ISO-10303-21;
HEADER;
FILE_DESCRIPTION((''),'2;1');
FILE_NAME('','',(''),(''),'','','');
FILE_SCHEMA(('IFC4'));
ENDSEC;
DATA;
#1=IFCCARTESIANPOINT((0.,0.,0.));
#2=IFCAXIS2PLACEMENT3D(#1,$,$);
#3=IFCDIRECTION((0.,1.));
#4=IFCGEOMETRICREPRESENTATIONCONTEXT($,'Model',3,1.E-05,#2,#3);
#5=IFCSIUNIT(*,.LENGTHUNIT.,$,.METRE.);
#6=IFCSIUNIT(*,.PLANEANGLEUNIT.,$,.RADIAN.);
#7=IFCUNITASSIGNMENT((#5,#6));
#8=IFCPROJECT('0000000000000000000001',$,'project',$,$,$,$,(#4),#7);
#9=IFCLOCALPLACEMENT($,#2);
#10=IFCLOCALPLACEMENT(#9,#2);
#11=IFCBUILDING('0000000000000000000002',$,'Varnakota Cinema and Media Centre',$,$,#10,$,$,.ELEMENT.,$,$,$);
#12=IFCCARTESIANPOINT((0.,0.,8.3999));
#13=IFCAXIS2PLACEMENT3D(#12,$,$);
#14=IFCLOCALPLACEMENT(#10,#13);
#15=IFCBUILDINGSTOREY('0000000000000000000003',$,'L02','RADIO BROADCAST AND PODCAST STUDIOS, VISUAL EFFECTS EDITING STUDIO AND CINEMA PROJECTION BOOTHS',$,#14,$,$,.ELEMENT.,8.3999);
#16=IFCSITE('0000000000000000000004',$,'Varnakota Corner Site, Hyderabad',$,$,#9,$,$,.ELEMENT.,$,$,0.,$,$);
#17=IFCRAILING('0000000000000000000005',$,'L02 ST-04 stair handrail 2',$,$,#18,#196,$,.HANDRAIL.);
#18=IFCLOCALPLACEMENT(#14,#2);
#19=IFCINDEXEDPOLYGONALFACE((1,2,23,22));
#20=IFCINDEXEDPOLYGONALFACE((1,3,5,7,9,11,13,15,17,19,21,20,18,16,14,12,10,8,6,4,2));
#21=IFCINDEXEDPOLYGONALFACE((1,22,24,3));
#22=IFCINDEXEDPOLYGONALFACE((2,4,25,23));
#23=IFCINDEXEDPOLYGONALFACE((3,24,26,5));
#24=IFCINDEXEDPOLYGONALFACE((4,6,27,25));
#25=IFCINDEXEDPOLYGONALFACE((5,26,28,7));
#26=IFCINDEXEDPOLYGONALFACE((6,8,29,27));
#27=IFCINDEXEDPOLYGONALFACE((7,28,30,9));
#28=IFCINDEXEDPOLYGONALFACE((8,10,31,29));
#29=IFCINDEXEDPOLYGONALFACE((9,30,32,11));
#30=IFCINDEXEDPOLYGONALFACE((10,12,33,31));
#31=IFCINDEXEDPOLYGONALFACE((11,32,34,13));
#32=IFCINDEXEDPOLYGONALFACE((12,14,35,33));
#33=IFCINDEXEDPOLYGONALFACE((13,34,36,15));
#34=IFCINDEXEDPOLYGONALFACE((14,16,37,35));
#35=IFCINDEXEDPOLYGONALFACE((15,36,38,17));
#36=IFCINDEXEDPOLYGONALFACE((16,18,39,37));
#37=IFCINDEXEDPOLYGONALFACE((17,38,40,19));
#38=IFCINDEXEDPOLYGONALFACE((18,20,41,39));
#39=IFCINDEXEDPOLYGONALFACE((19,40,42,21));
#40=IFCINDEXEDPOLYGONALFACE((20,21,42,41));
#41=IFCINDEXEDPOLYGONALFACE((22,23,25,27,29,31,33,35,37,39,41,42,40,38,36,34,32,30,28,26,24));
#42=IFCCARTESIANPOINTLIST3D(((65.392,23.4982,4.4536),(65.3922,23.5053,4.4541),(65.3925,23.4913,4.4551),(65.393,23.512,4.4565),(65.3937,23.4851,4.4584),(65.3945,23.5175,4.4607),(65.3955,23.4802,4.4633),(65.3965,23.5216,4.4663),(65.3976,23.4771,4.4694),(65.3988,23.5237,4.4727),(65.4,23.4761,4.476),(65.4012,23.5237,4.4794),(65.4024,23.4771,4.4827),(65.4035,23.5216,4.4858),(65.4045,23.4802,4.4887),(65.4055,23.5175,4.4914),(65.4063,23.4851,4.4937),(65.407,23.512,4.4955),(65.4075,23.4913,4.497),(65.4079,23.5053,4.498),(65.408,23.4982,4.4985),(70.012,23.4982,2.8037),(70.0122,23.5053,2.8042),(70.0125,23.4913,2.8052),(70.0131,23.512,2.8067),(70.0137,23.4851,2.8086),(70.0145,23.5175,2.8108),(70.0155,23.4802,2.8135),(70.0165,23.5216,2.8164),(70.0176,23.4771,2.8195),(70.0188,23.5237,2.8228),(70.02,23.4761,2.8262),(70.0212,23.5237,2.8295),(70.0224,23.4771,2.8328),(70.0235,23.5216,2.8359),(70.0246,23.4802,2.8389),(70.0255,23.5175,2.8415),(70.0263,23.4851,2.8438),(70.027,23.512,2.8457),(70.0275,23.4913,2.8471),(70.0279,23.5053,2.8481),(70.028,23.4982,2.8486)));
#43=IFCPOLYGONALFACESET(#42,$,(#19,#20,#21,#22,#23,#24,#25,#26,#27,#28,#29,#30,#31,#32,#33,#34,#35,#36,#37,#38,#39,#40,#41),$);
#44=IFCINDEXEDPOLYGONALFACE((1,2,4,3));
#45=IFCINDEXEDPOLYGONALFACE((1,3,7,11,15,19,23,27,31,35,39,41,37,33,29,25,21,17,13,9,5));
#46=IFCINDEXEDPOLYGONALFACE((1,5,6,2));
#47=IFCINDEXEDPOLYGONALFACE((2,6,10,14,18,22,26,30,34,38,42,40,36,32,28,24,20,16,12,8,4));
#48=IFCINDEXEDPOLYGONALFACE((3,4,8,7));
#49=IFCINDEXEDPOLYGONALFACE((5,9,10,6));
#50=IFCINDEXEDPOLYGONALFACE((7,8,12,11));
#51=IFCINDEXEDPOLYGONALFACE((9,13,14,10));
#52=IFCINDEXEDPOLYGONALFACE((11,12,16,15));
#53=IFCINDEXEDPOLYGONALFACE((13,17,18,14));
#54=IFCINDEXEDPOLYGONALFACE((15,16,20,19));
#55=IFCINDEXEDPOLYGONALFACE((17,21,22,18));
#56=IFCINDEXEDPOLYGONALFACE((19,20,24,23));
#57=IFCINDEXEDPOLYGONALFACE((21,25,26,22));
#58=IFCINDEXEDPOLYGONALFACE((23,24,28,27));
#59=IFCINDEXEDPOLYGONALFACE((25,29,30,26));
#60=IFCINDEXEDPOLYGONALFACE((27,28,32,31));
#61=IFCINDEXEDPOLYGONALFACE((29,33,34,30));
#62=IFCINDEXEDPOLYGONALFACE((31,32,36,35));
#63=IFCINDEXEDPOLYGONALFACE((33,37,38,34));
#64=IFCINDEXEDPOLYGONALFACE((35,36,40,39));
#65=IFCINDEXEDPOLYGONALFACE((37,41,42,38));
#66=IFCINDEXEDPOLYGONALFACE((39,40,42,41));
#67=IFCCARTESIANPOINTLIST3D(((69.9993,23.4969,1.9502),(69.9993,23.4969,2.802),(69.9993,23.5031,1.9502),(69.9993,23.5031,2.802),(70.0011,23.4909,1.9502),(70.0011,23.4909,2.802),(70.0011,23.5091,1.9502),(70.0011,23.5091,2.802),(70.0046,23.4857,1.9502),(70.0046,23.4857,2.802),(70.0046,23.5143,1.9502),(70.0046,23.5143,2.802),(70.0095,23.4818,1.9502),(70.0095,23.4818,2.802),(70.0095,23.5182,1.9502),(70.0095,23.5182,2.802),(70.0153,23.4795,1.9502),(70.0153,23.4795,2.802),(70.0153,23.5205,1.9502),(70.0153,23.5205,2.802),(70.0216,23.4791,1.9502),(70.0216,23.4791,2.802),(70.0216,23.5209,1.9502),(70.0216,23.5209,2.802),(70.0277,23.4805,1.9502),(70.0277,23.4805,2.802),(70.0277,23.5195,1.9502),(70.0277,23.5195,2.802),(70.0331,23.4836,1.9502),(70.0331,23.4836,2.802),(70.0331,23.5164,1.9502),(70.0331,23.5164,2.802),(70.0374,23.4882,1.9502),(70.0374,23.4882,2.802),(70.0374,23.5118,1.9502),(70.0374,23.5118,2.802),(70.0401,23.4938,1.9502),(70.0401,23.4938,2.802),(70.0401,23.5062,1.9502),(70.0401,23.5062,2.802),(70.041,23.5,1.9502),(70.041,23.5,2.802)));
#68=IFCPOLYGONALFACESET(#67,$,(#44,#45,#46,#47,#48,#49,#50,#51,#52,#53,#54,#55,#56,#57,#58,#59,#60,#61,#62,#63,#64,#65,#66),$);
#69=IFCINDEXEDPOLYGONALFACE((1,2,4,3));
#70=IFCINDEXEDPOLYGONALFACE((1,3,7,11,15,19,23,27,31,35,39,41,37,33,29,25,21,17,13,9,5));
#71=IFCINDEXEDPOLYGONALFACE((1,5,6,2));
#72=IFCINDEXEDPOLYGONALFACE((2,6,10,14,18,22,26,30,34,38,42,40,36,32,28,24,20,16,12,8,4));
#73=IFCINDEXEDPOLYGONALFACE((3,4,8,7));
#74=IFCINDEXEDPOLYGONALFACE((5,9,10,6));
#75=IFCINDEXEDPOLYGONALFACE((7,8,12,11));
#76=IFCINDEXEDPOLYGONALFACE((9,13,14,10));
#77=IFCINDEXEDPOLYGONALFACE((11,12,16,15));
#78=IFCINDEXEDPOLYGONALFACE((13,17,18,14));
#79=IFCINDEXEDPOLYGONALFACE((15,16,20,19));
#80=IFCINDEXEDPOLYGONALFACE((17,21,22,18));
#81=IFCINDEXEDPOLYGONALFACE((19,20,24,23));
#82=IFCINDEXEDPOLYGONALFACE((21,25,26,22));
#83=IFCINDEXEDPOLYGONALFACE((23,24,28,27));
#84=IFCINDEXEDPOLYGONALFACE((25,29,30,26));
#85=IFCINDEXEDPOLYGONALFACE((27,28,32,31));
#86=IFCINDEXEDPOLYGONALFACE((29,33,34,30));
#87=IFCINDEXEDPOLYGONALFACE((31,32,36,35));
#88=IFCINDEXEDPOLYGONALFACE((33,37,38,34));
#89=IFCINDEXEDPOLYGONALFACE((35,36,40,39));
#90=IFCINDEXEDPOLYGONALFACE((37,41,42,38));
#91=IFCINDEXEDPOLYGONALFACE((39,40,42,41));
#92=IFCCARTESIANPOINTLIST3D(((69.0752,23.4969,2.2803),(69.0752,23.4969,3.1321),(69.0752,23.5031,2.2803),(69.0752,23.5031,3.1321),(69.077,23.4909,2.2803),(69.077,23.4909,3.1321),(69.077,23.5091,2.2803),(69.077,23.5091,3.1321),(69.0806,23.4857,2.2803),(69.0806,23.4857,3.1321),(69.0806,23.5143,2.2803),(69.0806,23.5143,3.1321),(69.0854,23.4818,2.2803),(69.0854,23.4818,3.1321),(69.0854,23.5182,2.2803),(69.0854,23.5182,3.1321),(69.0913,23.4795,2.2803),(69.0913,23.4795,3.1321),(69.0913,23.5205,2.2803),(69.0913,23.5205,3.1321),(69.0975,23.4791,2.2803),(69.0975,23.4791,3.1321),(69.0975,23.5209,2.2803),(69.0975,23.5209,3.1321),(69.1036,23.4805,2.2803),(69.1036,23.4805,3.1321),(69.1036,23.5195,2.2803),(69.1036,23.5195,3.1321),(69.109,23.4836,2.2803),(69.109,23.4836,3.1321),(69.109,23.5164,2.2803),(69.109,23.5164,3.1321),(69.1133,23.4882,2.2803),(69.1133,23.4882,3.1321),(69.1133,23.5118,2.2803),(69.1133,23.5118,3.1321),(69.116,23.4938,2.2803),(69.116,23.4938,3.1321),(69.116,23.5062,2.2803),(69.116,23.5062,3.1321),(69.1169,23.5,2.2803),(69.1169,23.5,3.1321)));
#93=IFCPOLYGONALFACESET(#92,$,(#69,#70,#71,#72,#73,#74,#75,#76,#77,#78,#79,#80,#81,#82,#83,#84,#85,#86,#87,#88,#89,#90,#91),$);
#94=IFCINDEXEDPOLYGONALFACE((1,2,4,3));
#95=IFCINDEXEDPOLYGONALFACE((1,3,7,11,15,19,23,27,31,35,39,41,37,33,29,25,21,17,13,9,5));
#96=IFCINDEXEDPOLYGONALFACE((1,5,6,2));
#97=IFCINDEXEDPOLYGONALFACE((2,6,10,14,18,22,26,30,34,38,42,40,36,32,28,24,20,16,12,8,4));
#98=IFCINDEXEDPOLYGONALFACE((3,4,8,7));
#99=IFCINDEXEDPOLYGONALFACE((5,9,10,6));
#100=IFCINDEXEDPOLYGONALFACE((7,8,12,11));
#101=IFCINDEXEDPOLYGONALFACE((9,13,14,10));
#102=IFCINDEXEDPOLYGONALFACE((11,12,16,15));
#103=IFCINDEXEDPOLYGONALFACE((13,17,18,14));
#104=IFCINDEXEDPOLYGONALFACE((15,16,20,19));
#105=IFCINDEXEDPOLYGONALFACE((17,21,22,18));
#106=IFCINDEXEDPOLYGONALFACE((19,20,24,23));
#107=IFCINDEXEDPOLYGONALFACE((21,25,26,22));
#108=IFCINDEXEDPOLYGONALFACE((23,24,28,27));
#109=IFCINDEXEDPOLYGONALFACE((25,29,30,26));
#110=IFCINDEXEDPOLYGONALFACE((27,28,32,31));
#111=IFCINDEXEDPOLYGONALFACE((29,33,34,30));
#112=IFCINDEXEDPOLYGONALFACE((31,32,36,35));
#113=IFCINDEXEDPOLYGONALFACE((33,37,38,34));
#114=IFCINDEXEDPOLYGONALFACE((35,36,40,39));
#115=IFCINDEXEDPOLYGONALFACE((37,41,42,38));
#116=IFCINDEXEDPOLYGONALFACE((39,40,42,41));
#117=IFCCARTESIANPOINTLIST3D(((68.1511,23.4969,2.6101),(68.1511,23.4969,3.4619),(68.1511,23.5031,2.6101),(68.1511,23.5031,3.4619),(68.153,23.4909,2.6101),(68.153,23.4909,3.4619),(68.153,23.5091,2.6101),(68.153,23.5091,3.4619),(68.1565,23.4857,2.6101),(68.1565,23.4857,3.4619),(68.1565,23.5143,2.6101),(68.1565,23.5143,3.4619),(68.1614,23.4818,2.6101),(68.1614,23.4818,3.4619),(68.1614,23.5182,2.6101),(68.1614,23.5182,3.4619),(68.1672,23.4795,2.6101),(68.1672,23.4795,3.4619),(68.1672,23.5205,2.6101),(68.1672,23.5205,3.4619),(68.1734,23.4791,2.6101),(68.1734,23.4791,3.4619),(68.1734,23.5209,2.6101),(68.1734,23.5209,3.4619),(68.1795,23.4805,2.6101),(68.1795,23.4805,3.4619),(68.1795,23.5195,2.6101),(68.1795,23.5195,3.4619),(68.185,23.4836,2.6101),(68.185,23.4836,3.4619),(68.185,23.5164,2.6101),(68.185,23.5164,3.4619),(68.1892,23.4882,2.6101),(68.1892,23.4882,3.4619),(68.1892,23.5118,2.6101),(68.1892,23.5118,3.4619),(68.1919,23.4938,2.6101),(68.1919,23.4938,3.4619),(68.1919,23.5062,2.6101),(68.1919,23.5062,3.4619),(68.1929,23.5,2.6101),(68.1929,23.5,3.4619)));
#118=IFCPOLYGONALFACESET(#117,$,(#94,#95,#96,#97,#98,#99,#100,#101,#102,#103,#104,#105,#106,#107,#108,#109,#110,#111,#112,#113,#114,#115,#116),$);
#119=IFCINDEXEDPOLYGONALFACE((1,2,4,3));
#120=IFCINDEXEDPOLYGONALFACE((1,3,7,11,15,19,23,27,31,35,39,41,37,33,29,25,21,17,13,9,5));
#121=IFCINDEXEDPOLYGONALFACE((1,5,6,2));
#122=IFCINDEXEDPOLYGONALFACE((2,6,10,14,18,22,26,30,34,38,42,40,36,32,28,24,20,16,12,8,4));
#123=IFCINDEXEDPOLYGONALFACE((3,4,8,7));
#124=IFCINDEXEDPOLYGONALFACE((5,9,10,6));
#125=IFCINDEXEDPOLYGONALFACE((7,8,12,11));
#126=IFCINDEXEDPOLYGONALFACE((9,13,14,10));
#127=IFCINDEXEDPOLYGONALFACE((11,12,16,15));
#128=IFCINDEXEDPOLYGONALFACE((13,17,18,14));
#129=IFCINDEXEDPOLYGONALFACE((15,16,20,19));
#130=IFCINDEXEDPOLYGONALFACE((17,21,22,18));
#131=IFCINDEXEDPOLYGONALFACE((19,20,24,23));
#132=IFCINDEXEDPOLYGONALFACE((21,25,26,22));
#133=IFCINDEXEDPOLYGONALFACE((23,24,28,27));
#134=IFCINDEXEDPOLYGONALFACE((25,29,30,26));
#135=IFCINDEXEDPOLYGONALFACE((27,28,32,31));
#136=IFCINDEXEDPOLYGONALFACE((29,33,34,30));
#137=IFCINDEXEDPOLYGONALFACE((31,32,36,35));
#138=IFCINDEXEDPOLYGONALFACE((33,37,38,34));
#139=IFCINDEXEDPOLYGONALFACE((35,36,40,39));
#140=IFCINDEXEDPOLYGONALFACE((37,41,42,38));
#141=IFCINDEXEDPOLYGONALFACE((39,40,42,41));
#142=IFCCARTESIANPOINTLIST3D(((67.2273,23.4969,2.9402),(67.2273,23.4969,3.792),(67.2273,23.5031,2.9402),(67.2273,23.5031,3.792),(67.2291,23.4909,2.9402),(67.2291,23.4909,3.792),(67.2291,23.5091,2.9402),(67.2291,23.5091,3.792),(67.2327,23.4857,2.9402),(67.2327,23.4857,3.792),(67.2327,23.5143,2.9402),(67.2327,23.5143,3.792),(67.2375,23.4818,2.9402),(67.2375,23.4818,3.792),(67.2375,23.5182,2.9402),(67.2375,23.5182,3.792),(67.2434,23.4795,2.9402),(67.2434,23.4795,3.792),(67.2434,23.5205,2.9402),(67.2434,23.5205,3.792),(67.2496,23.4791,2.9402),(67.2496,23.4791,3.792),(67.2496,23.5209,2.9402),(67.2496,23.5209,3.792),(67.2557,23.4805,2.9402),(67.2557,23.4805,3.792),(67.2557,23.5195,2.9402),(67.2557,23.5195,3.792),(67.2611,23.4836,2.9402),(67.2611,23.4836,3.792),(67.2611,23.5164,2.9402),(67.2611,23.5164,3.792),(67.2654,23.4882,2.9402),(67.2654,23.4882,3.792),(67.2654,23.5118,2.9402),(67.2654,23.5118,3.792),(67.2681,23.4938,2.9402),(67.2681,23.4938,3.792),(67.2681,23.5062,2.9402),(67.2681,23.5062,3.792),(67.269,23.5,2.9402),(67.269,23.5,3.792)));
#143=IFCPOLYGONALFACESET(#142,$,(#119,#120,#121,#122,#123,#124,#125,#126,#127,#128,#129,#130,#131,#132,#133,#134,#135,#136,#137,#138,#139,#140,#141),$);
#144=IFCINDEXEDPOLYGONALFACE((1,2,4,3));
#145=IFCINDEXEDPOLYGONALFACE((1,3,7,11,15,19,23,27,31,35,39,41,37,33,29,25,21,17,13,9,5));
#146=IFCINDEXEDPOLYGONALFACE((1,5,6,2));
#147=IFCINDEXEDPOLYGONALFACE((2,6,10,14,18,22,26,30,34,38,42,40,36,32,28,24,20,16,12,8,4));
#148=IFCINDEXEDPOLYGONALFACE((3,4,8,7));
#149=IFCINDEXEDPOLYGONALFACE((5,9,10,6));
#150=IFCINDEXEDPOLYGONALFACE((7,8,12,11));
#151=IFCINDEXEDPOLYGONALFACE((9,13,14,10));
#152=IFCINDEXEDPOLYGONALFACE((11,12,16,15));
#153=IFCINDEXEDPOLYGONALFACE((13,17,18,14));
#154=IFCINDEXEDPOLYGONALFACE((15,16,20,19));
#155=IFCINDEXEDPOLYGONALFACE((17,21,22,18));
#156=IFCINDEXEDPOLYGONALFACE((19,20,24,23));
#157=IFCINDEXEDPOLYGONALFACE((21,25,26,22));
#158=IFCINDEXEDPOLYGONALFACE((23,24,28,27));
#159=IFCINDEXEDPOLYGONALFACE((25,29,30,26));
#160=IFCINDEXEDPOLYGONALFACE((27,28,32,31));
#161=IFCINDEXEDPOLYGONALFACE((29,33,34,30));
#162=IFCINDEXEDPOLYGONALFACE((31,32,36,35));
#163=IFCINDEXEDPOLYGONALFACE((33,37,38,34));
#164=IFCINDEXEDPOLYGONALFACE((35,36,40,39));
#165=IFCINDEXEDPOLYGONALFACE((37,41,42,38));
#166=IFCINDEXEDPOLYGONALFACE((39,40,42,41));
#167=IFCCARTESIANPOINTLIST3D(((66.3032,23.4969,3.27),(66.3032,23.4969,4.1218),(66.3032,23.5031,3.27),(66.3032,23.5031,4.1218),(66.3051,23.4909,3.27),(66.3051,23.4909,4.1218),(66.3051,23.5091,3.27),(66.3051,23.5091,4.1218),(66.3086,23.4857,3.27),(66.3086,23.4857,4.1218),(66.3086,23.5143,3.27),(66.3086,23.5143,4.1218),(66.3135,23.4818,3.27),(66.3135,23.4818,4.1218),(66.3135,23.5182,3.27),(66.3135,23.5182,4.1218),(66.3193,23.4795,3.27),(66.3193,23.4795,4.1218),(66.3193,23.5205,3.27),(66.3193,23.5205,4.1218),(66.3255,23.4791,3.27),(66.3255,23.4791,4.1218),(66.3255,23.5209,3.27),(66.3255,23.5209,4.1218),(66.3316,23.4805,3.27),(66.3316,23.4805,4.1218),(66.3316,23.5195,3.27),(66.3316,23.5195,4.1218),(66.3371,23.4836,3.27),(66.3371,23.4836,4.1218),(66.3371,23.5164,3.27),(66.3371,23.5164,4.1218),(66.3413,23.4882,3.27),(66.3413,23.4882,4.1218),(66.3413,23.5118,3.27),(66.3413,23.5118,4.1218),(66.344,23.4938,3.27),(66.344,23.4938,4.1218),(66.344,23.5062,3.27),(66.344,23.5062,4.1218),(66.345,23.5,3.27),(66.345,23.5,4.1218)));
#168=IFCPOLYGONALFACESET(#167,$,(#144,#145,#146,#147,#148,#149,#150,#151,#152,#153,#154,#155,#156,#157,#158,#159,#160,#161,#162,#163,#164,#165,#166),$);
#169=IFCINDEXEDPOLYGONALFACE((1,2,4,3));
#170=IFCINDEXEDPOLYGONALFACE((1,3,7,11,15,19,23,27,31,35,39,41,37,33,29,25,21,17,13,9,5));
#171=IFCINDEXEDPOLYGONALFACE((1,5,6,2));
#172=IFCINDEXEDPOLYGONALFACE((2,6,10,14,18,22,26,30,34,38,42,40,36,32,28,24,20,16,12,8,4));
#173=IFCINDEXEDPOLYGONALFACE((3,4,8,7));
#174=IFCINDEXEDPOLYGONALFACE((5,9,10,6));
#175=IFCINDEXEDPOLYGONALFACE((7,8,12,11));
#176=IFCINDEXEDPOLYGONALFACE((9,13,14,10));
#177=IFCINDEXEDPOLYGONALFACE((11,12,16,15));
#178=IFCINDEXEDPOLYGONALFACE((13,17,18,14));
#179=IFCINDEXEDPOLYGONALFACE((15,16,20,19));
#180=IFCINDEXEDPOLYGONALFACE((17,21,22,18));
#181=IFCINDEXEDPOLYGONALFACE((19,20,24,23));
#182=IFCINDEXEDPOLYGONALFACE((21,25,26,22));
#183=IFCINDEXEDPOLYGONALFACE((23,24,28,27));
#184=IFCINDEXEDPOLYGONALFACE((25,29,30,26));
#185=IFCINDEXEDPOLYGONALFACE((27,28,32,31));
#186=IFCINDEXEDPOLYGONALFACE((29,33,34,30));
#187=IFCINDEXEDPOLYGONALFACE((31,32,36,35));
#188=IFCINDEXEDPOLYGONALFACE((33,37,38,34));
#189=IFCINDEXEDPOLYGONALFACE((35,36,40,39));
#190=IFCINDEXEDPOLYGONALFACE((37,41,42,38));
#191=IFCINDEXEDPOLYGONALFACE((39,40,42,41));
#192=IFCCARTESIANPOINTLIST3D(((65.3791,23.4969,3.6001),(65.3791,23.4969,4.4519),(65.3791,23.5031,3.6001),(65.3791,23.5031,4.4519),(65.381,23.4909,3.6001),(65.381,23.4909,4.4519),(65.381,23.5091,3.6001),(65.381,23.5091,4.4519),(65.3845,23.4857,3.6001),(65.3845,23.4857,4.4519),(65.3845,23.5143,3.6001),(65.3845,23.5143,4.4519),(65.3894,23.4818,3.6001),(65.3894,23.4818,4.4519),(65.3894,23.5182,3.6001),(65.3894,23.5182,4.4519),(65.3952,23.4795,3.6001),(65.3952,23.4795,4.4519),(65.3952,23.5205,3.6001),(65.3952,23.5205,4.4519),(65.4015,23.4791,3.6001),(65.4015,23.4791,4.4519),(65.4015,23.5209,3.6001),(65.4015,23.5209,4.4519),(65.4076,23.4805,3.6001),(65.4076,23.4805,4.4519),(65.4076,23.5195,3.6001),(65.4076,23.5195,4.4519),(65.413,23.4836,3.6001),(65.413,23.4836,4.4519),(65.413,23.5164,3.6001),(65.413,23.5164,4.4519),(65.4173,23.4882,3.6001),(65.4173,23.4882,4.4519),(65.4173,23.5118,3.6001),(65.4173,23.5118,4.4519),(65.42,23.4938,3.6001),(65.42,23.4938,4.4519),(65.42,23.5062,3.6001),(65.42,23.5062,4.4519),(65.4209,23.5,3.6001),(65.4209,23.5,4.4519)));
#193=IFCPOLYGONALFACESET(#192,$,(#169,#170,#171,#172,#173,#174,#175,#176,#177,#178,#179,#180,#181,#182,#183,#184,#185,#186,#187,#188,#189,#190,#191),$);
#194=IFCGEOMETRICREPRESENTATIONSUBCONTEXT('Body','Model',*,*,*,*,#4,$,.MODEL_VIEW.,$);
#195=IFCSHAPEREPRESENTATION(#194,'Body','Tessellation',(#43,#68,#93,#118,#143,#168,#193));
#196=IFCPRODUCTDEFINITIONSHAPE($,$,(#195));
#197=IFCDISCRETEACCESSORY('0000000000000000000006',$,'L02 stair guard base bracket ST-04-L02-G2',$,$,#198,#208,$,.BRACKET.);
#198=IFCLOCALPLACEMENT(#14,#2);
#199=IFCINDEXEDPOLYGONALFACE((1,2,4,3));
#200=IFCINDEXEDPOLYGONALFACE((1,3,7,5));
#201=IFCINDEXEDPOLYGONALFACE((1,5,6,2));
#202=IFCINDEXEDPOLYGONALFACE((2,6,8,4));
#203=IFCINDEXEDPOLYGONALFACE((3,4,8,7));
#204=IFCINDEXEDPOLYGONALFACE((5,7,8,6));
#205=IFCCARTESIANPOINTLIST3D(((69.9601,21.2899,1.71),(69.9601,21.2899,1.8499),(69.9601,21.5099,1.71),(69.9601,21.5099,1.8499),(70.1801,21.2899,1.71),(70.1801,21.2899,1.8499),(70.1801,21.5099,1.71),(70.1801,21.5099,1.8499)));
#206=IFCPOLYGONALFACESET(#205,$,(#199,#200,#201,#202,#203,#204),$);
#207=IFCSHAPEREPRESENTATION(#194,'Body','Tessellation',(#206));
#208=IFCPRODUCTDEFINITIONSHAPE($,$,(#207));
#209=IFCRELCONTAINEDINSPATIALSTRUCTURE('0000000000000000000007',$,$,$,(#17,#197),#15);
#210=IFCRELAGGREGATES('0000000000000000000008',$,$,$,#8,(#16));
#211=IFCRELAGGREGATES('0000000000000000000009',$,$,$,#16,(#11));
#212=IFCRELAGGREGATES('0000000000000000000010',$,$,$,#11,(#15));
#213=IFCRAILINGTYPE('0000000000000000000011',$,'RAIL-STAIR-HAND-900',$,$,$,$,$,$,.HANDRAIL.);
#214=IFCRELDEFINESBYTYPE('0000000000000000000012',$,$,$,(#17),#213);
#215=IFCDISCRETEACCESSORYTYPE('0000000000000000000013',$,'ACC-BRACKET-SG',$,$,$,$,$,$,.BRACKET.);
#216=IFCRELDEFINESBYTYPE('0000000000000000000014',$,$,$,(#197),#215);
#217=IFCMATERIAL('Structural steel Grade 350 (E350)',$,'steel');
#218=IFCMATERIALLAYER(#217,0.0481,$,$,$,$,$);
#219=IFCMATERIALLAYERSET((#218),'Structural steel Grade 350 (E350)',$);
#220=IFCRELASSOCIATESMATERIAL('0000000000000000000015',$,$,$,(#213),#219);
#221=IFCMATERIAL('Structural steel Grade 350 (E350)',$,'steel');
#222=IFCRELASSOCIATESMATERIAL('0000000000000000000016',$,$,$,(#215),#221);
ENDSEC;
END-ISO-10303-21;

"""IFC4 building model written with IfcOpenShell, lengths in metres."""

from ifc_helpers import new_model, si_unit, direction, frame, origin, origin_2d, place, context, subcontext, project, spatial, rectangle, circle, extrude, material, layer, layer_set, type_object, element, save


model = new_model("IFC4")

# Units and contexts
model_context = context("Model", 3, precision=1e-05, world=origin(), true_north=direction((0.0, 1.0)))
body_context = subcontext(model_context, "Body", "Model", "MODEL_VIEW")
ifc_project = project(units=[si_unit("LENGTHUNIT", "METRE"), si_unit("PLANEANGLEUNIT", "RADIAN")], contexts=[model_context])

# Site, building, storey
site_placement = place(None, origin())
site = spatial("IfcSite", under=ifc_project, at=site_placement, Name="Varnakota Corner Site, Hyderabad", CompositionType="ELEMENT", RefElevation=0.0)
building_placement = place(site_placement, origin())
building = spatial("IfcBuilding", under=site, at=building_placement, Name="Varnakota Cinema and Media Centre", CompositionType="ELEMENT")
storey_placement = place(building_placement, frame((0.0, 0.0, 8.3999)))
storey = spatial("IfcBuildingStorey", under=building, at=storey_placement, Name="L02", Description="RADIO BROADCAST AND PODCAST STUDIOS, VISUAL EFFECTS EDITING STUDIO AND CINEMA PROJECTION BOOTHS", CompositionType="ELEMENT", Elevation=8.3999)

# Railing
ifc_material_1 = material(Name="Structural steel Grade 350 (E350)", Category="steel")
ifc_layer_1 = layer(ifc_material_1, 0.0481)
ifc_layer_set_1 = layer_set([ifc_layer_1], Name="Structural steel Grade 350 (E350)")
railing_type_1 = type_object("IfcRailingType", Name="RAIL-STAIR-HAND-900", PredefinedType="HANDRAIL", material=ifc_layer_set_1)
railing_1_placement = place(storey_placement, frame((70.02, 23.5, 1.9502)))
element("IfcRailing", 1, at=railing_1_placement, inside=storey, type_object=railing_type_1, Name="L02 ST-04 stair handrail 2", PredefinedType="HANDRAIL", context=body_context, shape_type="SweptSolid", body=[
    extrude(circle(Radius=0.0239, at=origin_2d()), frame((0.0, 0.0, 0.876), z_axis=(-0.941751, 0.0, 0.336311), x_axis=(0.0, -1.0, 0.0)), (0.0, 0.0, 1.0), 4.9058),
    extrude(circle(Radius=0.021, at=origin_2d()), origin(), (0.0, 0.0, 1.0), 0.8518),
    extrude(circle(Radius=0.021, at=origin_2d()), frame((-0.9241, 0.0, 0.3301)), (0.0, 0.0, 1.0), 0.8518),
    extrude(circle(Radius=0.021, at=origin_2d()), frame((-1.8481, 0.0, 0.6599)), (0.0, 0.0, 1.0), 0.8518),
    extrude(circle(Radius=0.021, at=origin_2d()), frame((-2.772, 0.0, 0.99)), (0.0, 0.0, 1.0), 0.8518),
    extrude(circle(Radius=0.021, at=origin_2d()), frame((-3.696, 0.0, 1.3198)), (0.0, 0.0, 1.0), 0.8518),
    extrude(circle(Radius=0.021, at=origin_2d()), frame((-4.6201, 0.0, 1.6499)), (0.0, 0.0, 1.0), 0.8518),
])

# Discrete accessory
ifc_material_2 = material(Name="Structural steel Grade 350 (E350)", Category="steel")
discrete_accessory_type_1 = type_object("IfcDiscreteAccessoryType", Name="ACC-BRACKET-SG", PredefinedType="BRACKET", material=ifc_material_2)
for number, where, z_axis, x_axis, name in (
    (2, (70.0701, 21.3999, 1.71), (0.0, 0.0, 1.0), (1.0, 0.0, 0.0), "L02 stair guard base bracket ST-04-L02-G2"),
):
    element("IfcDiscreteAccessory", number, at=place(storey_placement, frame(where, z_axis=z_axis, x_axis=x_axis)), inside=storey, type_object=discrete_accessory_type_1, Name=name, PredefinedType="BRACKET", context=body_context, shape_type="SweptSolid", body=[
        extrude(rectangle(XDim=0.22, YDim=0.22, at=origin_2d()), origin(), (0.0, 0.0, 1.0), 0.1399),
    ])

save(model, "model.ifc")
